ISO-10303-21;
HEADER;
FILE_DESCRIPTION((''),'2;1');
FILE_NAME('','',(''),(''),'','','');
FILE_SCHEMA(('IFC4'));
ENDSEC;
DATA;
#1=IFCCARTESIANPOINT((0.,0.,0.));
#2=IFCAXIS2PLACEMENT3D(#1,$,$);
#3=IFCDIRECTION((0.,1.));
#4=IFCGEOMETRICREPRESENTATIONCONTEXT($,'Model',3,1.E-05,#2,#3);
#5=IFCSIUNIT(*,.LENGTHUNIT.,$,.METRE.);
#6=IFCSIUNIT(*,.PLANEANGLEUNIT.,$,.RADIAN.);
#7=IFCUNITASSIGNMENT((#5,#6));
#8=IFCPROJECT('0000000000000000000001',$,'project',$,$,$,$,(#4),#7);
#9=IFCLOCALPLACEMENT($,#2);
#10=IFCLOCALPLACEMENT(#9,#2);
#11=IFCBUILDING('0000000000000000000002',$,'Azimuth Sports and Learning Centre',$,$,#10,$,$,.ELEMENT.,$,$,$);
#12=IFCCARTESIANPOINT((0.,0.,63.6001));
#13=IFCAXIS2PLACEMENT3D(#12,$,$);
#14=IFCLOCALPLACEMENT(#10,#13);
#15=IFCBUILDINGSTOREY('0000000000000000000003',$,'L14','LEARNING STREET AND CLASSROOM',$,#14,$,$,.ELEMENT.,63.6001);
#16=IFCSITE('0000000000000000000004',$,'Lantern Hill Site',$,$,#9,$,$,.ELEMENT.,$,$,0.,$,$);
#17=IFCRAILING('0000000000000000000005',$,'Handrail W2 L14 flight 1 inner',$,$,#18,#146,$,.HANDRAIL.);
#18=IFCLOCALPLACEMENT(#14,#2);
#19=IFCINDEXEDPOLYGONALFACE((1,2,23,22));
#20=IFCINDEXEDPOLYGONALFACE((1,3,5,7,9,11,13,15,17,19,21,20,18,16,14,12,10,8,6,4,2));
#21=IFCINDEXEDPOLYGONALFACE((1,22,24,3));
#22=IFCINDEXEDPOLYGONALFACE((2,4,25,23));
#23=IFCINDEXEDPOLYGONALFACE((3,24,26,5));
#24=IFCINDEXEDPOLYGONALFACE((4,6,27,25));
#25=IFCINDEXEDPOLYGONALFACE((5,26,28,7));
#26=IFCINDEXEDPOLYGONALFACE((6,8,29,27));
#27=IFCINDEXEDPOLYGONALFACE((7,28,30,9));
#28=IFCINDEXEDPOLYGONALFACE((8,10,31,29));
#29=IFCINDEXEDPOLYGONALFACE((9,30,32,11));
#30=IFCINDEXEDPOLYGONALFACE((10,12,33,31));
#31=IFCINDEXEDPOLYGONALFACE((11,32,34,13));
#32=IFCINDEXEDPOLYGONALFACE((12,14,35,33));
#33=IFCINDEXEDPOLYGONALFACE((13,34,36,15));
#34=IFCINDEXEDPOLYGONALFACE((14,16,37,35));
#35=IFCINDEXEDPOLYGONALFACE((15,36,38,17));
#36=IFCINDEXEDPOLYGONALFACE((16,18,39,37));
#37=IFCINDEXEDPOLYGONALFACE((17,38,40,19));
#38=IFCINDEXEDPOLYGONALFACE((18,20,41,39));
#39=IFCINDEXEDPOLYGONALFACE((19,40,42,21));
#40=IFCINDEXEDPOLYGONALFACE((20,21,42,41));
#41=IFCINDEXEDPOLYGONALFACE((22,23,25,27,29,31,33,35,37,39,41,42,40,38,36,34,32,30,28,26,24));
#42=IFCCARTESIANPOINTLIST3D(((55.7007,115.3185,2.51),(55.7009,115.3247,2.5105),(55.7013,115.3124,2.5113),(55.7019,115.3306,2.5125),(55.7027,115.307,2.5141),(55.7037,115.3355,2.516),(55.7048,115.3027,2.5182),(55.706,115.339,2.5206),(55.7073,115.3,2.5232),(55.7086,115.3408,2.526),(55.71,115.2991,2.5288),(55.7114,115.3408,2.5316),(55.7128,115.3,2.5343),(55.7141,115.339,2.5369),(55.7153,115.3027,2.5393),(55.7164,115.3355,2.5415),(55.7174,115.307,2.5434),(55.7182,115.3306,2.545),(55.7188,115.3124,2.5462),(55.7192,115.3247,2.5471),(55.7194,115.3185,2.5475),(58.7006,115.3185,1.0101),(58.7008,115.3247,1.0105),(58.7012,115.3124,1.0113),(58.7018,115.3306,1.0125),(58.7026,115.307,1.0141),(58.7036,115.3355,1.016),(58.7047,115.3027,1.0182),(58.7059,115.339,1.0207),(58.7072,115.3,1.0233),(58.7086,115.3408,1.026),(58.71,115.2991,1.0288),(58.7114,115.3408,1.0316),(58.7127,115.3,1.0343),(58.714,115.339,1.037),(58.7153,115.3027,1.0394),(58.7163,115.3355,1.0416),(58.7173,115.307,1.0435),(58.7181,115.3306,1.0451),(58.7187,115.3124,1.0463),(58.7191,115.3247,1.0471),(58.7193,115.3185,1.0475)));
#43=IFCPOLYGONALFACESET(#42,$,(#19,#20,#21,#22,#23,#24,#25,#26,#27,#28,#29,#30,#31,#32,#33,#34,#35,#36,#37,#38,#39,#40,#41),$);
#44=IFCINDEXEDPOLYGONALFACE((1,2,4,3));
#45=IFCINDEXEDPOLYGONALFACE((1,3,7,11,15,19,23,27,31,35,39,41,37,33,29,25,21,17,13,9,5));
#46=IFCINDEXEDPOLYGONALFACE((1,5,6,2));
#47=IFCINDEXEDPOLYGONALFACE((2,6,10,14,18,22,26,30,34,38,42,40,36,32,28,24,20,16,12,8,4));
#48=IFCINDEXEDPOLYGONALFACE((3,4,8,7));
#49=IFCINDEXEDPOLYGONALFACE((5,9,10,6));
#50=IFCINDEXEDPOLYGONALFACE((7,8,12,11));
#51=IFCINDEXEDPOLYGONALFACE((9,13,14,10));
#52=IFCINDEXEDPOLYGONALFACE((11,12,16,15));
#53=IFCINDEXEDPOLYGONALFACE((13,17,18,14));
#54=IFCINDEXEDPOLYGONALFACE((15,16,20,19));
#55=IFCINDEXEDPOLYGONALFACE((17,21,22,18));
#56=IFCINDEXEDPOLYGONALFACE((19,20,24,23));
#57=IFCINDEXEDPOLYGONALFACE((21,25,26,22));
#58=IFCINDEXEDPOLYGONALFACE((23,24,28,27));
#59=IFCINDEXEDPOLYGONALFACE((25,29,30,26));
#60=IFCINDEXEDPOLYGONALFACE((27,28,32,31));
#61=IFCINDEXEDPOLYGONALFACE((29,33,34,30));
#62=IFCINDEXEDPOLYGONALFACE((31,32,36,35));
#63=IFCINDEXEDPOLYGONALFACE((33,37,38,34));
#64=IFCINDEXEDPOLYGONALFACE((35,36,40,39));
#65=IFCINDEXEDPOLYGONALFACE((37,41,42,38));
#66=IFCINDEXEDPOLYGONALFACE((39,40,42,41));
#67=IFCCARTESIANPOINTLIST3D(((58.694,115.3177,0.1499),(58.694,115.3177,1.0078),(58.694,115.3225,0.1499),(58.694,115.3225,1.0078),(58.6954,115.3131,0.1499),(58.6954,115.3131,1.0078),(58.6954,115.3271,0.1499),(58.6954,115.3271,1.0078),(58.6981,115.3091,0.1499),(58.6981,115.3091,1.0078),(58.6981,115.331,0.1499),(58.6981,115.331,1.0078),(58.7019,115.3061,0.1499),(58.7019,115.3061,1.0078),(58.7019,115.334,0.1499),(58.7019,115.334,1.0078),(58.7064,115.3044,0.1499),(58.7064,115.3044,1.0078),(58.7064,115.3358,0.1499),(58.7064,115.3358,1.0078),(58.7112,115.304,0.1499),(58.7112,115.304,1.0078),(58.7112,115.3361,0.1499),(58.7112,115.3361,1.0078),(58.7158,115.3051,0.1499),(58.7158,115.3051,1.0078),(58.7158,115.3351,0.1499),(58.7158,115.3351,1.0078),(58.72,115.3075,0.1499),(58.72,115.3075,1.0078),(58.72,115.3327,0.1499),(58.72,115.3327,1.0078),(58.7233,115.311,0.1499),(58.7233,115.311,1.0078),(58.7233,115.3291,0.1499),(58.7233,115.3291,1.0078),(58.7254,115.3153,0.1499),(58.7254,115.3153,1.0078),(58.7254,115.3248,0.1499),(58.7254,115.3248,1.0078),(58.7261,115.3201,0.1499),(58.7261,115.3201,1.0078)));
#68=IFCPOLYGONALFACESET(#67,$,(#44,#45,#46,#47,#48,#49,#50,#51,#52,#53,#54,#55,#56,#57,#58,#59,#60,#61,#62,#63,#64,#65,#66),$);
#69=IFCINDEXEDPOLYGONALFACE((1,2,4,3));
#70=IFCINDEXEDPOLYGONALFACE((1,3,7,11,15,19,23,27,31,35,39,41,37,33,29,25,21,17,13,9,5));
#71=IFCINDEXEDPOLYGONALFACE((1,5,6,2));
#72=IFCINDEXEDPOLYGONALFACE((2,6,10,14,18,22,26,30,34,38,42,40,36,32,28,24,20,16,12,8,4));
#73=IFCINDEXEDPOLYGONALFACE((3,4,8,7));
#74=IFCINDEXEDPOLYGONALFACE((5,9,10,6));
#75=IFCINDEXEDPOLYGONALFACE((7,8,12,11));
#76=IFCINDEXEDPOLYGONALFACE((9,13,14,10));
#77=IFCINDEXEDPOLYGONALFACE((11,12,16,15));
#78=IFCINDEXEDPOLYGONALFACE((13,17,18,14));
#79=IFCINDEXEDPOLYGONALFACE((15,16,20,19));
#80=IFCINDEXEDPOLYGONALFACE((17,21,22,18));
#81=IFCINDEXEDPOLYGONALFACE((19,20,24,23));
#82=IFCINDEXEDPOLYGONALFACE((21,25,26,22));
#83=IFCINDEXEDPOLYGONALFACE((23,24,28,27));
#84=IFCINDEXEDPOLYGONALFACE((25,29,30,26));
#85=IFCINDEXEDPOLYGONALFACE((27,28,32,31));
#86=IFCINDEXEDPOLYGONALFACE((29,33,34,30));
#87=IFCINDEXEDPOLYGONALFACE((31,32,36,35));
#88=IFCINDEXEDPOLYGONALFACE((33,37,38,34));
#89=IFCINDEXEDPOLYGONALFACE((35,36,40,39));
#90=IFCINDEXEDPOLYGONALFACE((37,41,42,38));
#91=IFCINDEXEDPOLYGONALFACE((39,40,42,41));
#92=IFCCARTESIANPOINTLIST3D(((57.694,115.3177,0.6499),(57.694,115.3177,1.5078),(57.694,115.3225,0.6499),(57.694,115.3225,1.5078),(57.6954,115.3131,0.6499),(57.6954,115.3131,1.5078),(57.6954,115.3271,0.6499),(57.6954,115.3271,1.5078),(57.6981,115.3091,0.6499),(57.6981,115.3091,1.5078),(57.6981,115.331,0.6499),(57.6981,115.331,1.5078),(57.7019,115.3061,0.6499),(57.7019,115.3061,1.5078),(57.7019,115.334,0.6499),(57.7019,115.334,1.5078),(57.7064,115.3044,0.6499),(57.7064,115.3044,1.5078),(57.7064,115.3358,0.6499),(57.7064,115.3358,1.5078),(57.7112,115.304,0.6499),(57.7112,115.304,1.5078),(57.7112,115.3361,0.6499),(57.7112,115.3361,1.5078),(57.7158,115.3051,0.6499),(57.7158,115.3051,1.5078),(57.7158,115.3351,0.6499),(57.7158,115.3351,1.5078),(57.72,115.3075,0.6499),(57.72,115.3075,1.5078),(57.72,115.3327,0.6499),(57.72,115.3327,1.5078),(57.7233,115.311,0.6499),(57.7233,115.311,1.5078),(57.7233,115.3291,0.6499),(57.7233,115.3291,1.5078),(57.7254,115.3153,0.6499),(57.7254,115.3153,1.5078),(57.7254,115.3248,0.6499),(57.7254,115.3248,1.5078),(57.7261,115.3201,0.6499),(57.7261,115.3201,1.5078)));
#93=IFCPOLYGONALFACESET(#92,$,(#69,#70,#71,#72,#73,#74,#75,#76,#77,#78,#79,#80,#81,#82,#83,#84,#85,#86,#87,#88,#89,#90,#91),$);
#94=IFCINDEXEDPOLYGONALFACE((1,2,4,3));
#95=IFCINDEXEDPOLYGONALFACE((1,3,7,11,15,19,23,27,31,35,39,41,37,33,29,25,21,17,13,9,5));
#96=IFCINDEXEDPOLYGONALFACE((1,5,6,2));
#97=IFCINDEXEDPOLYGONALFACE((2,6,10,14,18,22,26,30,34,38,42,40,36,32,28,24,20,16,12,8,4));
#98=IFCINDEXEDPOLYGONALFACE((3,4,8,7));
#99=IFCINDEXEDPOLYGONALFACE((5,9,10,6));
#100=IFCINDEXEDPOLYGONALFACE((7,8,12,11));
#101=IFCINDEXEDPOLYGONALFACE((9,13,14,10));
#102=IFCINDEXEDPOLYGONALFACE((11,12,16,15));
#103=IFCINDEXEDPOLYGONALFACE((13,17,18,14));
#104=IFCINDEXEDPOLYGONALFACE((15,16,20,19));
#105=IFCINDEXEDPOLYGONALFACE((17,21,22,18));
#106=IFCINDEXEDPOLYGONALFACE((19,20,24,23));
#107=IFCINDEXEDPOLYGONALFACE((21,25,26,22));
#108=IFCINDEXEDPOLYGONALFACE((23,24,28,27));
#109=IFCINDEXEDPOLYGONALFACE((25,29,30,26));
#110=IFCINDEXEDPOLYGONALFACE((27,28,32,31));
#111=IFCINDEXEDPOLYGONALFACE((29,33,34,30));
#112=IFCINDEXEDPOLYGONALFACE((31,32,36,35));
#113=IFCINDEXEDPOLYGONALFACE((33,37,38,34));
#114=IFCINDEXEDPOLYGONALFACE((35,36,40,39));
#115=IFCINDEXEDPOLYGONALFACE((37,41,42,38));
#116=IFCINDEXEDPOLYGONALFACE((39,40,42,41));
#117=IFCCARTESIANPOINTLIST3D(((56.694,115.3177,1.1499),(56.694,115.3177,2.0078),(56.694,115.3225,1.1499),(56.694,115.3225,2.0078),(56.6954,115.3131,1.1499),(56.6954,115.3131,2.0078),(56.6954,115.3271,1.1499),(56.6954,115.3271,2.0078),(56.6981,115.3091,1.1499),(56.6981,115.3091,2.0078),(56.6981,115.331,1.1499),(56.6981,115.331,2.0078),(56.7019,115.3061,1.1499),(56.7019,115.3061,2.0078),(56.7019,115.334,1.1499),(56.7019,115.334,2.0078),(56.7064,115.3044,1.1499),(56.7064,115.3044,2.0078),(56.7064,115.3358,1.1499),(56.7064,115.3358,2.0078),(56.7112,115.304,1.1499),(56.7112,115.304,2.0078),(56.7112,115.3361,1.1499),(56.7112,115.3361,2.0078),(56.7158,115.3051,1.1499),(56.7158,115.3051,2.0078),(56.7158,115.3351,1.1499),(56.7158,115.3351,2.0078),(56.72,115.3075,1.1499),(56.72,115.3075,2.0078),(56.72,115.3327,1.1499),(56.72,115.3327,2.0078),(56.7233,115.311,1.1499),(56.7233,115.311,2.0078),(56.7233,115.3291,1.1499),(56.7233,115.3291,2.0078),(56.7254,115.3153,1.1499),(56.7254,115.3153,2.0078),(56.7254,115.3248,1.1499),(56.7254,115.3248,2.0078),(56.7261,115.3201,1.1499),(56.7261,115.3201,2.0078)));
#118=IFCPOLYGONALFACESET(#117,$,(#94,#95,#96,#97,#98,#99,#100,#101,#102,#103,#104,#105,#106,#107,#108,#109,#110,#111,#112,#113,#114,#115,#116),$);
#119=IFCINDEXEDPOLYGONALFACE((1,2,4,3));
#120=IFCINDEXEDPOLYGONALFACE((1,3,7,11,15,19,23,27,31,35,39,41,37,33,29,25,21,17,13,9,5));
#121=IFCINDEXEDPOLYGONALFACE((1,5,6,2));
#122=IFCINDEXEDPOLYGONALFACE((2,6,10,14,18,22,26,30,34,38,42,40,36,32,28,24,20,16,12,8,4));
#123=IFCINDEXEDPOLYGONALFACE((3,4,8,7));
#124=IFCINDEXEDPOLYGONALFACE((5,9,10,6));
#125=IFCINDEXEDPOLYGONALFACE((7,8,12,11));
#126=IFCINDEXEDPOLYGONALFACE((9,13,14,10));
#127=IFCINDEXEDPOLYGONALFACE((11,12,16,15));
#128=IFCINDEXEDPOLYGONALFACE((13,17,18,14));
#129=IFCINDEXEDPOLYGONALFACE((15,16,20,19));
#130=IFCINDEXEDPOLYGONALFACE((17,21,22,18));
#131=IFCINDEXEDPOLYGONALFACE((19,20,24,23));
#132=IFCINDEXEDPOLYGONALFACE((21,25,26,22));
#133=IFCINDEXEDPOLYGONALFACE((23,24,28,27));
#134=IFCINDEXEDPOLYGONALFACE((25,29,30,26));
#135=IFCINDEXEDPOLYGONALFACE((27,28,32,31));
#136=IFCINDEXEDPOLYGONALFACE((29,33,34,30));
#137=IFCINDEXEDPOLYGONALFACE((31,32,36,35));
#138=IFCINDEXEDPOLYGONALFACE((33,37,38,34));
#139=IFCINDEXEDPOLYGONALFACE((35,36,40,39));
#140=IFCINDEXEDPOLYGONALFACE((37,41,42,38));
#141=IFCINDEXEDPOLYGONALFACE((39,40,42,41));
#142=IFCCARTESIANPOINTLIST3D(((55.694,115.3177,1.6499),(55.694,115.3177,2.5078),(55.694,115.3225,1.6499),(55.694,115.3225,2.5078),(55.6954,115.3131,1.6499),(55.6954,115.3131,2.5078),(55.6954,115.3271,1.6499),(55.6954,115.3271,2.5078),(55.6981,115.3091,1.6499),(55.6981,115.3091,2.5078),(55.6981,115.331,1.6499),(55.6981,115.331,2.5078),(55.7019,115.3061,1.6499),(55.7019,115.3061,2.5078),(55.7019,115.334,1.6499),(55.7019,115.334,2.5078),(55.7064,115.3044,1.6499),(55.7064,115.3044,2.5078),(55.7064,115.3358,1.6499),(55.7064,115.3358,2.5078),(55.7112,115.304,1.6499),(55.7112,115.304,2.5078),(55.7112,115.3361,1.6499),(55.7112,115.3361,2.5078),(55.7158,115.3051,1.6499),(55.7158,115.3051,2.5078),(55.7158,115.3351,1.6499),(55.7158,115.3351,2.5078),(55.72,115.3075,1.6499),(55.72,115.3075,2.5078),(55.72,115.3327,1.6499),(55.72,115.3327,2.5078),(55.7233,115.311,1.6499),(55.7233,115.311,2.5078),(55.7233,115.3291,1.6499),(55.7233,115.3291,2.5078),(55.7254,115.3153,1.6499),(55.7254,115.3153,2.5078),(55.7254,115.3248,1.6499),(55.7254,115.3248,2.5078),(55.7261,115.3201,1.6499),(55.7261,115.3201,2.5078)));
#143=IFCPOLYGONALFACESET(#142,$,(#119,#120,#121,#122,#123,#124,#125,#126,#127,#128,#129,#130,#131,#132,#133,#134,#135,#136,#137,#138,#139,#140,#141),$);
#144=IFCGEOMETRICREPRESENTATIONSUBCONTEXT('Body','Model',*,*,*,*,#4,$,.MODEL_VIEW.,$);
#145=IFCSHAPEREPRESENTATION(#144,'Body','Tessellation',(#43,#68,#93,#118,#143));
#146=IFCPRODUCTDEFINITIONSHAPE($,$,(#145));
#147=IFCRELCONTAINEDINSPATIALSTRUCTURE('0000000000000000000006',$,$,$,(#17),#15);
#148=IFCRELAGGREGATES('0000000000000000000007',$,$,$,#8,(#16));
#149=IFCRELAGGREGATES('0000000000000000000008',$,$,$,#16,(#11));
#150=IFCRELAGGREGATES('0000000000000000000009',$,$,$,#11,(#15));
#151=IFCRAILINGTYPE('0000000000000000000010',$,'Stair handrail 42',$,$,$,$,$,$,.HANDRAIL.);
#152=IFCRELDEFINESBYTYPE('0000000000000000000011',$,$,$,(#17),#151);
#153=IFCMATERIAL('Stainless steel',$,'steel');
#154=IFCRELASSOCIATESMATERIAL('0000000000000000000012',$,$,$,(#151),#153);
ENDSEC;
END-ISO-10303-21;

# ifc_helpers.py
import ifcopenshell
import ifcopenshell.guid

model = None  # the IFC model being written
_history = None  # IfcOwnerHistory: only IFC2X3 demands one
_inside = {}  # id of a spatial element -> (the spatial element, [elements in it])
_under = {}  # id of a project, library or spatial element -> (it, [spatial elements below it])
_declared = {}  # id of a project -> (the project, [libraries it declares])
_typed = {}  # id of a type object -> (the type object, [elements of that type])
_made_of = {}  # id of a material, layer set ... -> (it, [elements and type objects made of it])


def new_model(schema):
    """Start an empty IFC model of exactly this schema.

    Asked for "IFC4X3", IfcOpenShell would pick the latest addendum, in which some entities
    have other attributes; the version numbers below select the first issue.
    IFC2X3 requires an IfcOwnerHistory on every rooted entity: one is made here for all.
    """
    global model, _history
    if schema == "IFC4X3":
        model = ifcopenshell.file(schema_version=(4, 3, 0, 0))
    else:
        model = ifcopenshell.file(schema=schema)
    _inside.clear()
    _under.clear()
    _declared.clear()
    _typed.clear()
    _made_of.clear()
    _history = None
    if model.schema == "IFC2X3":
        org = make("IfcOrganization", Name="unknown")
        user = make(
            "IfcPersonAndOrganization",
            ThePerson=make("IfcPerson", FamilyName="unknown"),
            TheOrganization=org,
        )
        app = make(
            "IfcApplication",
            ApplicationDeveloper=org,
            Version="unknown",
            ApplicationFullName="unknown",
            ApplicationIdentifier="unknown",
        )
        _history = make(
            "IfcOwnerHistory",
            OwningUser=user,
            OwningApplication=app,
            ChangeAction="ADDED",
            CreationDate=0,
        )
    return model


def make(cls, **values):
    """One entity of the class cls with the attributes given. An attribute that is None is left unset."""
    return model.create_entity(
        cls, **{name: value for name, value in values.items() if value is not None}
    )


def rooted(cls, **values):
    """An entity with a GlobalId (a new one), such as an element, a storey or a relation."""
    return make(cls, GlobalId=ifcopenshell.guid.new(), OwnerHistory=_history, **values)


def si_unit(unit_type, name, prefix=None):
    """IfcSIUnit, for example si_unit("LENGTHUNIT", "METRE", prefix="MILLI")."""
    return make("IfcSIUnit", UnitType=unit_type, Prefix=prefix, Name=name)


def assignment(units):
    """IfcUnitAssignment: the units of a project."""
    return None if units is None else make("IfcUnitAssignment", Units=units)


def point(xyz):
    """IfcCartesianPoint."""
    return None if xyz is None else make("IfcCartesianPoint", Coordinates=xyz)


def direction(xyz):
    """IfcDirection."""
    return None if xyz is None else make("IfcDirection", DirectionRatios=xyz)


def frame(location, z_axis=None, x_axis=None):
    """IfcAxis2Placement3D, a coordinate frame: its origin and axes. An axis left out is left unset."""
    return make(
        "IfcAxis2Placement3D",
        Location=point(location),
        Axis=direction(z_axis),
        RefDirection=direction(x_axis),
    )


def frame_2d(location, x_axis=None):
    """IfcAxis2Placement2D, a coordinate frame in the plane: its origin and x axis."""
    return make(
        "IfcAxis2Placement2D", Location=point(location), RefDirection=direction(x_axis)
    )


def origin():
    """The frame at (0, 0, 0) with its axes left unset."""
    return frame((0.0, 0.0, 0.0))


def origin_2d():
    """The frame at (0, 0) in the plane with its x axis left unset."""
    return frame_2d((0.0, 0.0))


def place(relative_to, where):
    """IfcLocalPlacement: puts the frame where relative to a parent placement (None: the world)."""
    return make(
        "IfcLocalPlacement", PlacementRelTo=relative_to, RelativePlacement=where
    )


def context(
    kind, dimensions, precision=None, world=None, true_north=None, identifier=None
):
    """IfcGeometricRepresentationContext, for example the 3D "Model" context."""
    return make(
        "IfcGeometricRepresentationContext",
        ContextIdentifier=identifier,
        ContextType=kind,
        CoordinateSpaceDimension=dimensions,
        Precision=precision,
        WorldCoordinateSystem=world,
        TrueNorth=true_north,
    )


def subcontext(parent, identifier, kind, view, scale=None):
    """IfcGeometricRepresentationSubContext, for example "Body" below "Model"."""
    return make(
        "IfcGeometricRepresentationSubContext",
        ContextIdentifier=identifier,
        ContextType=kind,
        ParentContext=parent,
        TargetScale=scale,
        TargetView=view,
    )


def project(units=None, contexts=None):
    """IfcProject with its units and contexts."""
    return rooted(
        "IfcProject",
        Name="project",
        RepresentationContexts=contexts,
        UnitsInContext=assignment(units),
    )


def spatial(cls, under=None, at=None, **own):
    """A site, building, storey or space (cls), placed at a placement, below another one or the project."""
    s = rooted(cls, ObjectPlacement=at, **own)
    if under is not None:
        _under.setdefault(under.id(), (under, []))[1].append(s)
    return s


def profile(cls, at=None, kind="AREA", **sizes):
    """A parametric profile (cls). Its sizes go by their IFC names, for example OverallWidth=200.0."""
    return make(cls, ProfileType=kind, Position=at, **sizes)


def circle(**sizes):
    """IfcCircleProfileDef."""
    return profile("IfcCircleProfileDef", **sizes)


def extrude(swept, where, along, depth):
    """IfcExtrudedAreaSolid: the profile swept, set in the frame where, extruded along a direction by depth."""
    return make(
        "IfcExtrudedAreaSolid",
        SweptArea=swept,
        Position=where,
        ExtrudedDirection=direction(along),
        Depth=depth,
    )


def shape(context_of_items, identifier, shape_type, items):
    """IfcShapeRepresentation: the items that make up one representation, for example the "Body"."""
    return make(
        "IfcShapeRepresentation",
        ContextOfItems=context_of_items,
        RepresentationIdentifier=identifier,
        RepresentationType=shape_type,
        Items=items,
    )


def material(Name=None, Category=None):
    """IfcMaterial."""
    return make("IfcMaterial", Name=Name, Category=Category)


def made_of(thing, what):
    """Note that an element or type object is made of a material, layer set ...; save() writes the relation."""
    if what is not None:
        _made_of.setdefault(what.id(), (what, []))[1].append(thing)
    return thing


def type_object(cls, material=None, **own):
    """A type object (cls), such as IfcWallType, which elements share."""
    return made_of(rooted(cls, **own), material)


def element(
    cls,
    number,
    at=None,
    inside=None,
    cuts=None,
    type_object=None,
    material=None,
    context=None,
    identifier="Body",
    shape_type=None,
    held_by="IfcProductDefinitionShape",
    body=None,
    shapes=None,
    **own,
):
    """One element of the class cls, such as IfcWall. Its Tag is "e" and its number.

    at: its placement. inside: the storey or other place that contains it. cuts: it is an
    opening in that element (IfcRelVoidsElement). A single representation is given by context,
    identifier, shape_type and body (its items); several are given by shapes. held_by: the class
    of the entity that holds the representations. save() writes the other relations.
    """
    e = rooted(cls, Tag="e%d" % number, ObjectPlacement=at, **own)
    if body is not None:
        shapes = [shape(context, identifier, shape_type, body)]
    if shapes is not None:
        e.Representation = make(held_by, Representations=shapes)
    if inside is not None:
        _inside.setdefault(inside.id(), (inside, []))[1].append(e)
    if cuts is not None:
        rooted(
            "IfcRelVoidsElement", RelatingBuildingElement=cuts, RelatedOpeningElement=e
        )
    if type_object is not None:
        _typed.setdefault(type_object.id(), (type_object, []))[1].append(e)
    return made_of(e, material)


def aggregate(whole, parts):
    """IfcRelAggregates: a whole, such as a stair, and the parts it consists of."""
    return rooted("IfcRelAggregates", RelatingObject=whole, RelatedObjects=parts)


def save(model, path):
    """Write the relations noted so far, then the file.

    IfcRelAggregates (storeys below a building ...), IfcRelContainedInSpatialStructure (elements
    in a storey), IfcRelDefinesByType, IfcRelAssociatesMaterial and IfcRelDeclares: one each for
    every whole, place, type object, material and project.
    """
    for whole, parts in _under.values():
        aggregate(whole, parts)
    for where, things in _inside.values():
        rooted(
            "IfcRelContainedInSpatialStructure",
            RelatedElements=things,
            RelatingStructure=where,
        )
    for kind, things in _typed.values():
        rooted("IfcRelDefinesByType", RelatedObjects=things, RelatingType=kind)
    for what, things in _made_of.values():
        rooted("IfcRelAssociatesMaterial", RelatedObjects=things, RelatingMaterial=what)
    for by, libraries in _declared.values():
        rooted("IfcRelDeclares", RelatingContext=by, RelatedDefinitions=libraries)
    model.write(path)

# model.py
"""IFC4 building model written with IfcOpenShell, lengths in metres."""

from ifc_helpers import new_model, si_unit, direction, frame, origin, origin_2d, place, context, subcontext, project, spatial, circle, extrude, material, type_object, element, save


model = new_model("IFC4")

# Units and contexts
model_context = context("Model", 3, precision=1e-05, world=origin(), true_north=direction((0.0, 1.0)))
body_context = subcontext(model_context, "Body", "Model", "MODEL_VIEW")
ifc_project = project(units=[si_unit("LENGTHUNIT", "METRE"), si_unit("PLANEANGLEUNIT", "RADIAN")], contexts=[model_context])

# Site, building, storey
site_placement = place(None, origin())
site = spatial("IfcSite", under=ifc_project, at=site_placement, Name="Lantern Hill Site", CompositionType="ELEMENT", RefElevation=0.0)
building_placement = place(site_placement, origin())
building = spatial("IfcBuilding", under=site, at=building_placement, Name="Azimuth Sports and Learning Centre", CompositionType="ELEMENT")
storey_placement = place(building_placement, frame((0.0, 0.0, 63.6001)))
storey = spatial("IfcBuildingStorey", under=building, at=storey_placement, Name="L14", Description="LEARNING STREET AND CLASSROOM", CompositionType="ELEMENT", Elevation=63.6001)

# Railing
ifc_material_1 = material(Name="Stainless steel", Category="steel")
railing_type_1 = type_object("IfcRailingType", Name="Stair handrail 42", PredefinedType="HANDRAIL", material=ifc_material_1)
for number, where, name in (
    (1, (58.71, 115.3201, 0.1499), "Handrail W2 L14 flight 1 inner"),
):
    element("IfcRailing", number, at=place(storey_placement, frame(where)), inside=storey, type_object=railing_type_1, Name=name, PredefinedType="HANDRAIL", context=body_context, shape_type="SweptSolid", body=[
        extrude(circle(Radius=0.021, at=origin_2d()), frame((0.0, 0.0, 0.8789), z_axis=(-0.894427, 0.0, 0.447214), x_axis=(0.0, -1.0, 0.0)), (0.0, 0.0, 1.0), 3.354),
        extrude(circle(Radius=0.0161, at=origin_2d()), origin(), (0.0, 0.0, 1.0), 0.8579),
        extrude(circle(Radius=0.0161, at=origin_2d()), frame((-1.0, 0.0, 0.5)), (0.0, 0.0, 1.0), 0.8579),
        extrude(circle(Radius=0.0161, at=origin_2d()), frame((-2.0, 0.0, 1.0)), (0.0, 0.0, 1.0), 0.8579),
        extrude(circle(Radius=0.0161, at=origin_2d()), frame((-3.0, 0.0, 1.5)), (0.0, 0.0, 1.0), 0.8579),
    ])

save(model, "model.ifc")
